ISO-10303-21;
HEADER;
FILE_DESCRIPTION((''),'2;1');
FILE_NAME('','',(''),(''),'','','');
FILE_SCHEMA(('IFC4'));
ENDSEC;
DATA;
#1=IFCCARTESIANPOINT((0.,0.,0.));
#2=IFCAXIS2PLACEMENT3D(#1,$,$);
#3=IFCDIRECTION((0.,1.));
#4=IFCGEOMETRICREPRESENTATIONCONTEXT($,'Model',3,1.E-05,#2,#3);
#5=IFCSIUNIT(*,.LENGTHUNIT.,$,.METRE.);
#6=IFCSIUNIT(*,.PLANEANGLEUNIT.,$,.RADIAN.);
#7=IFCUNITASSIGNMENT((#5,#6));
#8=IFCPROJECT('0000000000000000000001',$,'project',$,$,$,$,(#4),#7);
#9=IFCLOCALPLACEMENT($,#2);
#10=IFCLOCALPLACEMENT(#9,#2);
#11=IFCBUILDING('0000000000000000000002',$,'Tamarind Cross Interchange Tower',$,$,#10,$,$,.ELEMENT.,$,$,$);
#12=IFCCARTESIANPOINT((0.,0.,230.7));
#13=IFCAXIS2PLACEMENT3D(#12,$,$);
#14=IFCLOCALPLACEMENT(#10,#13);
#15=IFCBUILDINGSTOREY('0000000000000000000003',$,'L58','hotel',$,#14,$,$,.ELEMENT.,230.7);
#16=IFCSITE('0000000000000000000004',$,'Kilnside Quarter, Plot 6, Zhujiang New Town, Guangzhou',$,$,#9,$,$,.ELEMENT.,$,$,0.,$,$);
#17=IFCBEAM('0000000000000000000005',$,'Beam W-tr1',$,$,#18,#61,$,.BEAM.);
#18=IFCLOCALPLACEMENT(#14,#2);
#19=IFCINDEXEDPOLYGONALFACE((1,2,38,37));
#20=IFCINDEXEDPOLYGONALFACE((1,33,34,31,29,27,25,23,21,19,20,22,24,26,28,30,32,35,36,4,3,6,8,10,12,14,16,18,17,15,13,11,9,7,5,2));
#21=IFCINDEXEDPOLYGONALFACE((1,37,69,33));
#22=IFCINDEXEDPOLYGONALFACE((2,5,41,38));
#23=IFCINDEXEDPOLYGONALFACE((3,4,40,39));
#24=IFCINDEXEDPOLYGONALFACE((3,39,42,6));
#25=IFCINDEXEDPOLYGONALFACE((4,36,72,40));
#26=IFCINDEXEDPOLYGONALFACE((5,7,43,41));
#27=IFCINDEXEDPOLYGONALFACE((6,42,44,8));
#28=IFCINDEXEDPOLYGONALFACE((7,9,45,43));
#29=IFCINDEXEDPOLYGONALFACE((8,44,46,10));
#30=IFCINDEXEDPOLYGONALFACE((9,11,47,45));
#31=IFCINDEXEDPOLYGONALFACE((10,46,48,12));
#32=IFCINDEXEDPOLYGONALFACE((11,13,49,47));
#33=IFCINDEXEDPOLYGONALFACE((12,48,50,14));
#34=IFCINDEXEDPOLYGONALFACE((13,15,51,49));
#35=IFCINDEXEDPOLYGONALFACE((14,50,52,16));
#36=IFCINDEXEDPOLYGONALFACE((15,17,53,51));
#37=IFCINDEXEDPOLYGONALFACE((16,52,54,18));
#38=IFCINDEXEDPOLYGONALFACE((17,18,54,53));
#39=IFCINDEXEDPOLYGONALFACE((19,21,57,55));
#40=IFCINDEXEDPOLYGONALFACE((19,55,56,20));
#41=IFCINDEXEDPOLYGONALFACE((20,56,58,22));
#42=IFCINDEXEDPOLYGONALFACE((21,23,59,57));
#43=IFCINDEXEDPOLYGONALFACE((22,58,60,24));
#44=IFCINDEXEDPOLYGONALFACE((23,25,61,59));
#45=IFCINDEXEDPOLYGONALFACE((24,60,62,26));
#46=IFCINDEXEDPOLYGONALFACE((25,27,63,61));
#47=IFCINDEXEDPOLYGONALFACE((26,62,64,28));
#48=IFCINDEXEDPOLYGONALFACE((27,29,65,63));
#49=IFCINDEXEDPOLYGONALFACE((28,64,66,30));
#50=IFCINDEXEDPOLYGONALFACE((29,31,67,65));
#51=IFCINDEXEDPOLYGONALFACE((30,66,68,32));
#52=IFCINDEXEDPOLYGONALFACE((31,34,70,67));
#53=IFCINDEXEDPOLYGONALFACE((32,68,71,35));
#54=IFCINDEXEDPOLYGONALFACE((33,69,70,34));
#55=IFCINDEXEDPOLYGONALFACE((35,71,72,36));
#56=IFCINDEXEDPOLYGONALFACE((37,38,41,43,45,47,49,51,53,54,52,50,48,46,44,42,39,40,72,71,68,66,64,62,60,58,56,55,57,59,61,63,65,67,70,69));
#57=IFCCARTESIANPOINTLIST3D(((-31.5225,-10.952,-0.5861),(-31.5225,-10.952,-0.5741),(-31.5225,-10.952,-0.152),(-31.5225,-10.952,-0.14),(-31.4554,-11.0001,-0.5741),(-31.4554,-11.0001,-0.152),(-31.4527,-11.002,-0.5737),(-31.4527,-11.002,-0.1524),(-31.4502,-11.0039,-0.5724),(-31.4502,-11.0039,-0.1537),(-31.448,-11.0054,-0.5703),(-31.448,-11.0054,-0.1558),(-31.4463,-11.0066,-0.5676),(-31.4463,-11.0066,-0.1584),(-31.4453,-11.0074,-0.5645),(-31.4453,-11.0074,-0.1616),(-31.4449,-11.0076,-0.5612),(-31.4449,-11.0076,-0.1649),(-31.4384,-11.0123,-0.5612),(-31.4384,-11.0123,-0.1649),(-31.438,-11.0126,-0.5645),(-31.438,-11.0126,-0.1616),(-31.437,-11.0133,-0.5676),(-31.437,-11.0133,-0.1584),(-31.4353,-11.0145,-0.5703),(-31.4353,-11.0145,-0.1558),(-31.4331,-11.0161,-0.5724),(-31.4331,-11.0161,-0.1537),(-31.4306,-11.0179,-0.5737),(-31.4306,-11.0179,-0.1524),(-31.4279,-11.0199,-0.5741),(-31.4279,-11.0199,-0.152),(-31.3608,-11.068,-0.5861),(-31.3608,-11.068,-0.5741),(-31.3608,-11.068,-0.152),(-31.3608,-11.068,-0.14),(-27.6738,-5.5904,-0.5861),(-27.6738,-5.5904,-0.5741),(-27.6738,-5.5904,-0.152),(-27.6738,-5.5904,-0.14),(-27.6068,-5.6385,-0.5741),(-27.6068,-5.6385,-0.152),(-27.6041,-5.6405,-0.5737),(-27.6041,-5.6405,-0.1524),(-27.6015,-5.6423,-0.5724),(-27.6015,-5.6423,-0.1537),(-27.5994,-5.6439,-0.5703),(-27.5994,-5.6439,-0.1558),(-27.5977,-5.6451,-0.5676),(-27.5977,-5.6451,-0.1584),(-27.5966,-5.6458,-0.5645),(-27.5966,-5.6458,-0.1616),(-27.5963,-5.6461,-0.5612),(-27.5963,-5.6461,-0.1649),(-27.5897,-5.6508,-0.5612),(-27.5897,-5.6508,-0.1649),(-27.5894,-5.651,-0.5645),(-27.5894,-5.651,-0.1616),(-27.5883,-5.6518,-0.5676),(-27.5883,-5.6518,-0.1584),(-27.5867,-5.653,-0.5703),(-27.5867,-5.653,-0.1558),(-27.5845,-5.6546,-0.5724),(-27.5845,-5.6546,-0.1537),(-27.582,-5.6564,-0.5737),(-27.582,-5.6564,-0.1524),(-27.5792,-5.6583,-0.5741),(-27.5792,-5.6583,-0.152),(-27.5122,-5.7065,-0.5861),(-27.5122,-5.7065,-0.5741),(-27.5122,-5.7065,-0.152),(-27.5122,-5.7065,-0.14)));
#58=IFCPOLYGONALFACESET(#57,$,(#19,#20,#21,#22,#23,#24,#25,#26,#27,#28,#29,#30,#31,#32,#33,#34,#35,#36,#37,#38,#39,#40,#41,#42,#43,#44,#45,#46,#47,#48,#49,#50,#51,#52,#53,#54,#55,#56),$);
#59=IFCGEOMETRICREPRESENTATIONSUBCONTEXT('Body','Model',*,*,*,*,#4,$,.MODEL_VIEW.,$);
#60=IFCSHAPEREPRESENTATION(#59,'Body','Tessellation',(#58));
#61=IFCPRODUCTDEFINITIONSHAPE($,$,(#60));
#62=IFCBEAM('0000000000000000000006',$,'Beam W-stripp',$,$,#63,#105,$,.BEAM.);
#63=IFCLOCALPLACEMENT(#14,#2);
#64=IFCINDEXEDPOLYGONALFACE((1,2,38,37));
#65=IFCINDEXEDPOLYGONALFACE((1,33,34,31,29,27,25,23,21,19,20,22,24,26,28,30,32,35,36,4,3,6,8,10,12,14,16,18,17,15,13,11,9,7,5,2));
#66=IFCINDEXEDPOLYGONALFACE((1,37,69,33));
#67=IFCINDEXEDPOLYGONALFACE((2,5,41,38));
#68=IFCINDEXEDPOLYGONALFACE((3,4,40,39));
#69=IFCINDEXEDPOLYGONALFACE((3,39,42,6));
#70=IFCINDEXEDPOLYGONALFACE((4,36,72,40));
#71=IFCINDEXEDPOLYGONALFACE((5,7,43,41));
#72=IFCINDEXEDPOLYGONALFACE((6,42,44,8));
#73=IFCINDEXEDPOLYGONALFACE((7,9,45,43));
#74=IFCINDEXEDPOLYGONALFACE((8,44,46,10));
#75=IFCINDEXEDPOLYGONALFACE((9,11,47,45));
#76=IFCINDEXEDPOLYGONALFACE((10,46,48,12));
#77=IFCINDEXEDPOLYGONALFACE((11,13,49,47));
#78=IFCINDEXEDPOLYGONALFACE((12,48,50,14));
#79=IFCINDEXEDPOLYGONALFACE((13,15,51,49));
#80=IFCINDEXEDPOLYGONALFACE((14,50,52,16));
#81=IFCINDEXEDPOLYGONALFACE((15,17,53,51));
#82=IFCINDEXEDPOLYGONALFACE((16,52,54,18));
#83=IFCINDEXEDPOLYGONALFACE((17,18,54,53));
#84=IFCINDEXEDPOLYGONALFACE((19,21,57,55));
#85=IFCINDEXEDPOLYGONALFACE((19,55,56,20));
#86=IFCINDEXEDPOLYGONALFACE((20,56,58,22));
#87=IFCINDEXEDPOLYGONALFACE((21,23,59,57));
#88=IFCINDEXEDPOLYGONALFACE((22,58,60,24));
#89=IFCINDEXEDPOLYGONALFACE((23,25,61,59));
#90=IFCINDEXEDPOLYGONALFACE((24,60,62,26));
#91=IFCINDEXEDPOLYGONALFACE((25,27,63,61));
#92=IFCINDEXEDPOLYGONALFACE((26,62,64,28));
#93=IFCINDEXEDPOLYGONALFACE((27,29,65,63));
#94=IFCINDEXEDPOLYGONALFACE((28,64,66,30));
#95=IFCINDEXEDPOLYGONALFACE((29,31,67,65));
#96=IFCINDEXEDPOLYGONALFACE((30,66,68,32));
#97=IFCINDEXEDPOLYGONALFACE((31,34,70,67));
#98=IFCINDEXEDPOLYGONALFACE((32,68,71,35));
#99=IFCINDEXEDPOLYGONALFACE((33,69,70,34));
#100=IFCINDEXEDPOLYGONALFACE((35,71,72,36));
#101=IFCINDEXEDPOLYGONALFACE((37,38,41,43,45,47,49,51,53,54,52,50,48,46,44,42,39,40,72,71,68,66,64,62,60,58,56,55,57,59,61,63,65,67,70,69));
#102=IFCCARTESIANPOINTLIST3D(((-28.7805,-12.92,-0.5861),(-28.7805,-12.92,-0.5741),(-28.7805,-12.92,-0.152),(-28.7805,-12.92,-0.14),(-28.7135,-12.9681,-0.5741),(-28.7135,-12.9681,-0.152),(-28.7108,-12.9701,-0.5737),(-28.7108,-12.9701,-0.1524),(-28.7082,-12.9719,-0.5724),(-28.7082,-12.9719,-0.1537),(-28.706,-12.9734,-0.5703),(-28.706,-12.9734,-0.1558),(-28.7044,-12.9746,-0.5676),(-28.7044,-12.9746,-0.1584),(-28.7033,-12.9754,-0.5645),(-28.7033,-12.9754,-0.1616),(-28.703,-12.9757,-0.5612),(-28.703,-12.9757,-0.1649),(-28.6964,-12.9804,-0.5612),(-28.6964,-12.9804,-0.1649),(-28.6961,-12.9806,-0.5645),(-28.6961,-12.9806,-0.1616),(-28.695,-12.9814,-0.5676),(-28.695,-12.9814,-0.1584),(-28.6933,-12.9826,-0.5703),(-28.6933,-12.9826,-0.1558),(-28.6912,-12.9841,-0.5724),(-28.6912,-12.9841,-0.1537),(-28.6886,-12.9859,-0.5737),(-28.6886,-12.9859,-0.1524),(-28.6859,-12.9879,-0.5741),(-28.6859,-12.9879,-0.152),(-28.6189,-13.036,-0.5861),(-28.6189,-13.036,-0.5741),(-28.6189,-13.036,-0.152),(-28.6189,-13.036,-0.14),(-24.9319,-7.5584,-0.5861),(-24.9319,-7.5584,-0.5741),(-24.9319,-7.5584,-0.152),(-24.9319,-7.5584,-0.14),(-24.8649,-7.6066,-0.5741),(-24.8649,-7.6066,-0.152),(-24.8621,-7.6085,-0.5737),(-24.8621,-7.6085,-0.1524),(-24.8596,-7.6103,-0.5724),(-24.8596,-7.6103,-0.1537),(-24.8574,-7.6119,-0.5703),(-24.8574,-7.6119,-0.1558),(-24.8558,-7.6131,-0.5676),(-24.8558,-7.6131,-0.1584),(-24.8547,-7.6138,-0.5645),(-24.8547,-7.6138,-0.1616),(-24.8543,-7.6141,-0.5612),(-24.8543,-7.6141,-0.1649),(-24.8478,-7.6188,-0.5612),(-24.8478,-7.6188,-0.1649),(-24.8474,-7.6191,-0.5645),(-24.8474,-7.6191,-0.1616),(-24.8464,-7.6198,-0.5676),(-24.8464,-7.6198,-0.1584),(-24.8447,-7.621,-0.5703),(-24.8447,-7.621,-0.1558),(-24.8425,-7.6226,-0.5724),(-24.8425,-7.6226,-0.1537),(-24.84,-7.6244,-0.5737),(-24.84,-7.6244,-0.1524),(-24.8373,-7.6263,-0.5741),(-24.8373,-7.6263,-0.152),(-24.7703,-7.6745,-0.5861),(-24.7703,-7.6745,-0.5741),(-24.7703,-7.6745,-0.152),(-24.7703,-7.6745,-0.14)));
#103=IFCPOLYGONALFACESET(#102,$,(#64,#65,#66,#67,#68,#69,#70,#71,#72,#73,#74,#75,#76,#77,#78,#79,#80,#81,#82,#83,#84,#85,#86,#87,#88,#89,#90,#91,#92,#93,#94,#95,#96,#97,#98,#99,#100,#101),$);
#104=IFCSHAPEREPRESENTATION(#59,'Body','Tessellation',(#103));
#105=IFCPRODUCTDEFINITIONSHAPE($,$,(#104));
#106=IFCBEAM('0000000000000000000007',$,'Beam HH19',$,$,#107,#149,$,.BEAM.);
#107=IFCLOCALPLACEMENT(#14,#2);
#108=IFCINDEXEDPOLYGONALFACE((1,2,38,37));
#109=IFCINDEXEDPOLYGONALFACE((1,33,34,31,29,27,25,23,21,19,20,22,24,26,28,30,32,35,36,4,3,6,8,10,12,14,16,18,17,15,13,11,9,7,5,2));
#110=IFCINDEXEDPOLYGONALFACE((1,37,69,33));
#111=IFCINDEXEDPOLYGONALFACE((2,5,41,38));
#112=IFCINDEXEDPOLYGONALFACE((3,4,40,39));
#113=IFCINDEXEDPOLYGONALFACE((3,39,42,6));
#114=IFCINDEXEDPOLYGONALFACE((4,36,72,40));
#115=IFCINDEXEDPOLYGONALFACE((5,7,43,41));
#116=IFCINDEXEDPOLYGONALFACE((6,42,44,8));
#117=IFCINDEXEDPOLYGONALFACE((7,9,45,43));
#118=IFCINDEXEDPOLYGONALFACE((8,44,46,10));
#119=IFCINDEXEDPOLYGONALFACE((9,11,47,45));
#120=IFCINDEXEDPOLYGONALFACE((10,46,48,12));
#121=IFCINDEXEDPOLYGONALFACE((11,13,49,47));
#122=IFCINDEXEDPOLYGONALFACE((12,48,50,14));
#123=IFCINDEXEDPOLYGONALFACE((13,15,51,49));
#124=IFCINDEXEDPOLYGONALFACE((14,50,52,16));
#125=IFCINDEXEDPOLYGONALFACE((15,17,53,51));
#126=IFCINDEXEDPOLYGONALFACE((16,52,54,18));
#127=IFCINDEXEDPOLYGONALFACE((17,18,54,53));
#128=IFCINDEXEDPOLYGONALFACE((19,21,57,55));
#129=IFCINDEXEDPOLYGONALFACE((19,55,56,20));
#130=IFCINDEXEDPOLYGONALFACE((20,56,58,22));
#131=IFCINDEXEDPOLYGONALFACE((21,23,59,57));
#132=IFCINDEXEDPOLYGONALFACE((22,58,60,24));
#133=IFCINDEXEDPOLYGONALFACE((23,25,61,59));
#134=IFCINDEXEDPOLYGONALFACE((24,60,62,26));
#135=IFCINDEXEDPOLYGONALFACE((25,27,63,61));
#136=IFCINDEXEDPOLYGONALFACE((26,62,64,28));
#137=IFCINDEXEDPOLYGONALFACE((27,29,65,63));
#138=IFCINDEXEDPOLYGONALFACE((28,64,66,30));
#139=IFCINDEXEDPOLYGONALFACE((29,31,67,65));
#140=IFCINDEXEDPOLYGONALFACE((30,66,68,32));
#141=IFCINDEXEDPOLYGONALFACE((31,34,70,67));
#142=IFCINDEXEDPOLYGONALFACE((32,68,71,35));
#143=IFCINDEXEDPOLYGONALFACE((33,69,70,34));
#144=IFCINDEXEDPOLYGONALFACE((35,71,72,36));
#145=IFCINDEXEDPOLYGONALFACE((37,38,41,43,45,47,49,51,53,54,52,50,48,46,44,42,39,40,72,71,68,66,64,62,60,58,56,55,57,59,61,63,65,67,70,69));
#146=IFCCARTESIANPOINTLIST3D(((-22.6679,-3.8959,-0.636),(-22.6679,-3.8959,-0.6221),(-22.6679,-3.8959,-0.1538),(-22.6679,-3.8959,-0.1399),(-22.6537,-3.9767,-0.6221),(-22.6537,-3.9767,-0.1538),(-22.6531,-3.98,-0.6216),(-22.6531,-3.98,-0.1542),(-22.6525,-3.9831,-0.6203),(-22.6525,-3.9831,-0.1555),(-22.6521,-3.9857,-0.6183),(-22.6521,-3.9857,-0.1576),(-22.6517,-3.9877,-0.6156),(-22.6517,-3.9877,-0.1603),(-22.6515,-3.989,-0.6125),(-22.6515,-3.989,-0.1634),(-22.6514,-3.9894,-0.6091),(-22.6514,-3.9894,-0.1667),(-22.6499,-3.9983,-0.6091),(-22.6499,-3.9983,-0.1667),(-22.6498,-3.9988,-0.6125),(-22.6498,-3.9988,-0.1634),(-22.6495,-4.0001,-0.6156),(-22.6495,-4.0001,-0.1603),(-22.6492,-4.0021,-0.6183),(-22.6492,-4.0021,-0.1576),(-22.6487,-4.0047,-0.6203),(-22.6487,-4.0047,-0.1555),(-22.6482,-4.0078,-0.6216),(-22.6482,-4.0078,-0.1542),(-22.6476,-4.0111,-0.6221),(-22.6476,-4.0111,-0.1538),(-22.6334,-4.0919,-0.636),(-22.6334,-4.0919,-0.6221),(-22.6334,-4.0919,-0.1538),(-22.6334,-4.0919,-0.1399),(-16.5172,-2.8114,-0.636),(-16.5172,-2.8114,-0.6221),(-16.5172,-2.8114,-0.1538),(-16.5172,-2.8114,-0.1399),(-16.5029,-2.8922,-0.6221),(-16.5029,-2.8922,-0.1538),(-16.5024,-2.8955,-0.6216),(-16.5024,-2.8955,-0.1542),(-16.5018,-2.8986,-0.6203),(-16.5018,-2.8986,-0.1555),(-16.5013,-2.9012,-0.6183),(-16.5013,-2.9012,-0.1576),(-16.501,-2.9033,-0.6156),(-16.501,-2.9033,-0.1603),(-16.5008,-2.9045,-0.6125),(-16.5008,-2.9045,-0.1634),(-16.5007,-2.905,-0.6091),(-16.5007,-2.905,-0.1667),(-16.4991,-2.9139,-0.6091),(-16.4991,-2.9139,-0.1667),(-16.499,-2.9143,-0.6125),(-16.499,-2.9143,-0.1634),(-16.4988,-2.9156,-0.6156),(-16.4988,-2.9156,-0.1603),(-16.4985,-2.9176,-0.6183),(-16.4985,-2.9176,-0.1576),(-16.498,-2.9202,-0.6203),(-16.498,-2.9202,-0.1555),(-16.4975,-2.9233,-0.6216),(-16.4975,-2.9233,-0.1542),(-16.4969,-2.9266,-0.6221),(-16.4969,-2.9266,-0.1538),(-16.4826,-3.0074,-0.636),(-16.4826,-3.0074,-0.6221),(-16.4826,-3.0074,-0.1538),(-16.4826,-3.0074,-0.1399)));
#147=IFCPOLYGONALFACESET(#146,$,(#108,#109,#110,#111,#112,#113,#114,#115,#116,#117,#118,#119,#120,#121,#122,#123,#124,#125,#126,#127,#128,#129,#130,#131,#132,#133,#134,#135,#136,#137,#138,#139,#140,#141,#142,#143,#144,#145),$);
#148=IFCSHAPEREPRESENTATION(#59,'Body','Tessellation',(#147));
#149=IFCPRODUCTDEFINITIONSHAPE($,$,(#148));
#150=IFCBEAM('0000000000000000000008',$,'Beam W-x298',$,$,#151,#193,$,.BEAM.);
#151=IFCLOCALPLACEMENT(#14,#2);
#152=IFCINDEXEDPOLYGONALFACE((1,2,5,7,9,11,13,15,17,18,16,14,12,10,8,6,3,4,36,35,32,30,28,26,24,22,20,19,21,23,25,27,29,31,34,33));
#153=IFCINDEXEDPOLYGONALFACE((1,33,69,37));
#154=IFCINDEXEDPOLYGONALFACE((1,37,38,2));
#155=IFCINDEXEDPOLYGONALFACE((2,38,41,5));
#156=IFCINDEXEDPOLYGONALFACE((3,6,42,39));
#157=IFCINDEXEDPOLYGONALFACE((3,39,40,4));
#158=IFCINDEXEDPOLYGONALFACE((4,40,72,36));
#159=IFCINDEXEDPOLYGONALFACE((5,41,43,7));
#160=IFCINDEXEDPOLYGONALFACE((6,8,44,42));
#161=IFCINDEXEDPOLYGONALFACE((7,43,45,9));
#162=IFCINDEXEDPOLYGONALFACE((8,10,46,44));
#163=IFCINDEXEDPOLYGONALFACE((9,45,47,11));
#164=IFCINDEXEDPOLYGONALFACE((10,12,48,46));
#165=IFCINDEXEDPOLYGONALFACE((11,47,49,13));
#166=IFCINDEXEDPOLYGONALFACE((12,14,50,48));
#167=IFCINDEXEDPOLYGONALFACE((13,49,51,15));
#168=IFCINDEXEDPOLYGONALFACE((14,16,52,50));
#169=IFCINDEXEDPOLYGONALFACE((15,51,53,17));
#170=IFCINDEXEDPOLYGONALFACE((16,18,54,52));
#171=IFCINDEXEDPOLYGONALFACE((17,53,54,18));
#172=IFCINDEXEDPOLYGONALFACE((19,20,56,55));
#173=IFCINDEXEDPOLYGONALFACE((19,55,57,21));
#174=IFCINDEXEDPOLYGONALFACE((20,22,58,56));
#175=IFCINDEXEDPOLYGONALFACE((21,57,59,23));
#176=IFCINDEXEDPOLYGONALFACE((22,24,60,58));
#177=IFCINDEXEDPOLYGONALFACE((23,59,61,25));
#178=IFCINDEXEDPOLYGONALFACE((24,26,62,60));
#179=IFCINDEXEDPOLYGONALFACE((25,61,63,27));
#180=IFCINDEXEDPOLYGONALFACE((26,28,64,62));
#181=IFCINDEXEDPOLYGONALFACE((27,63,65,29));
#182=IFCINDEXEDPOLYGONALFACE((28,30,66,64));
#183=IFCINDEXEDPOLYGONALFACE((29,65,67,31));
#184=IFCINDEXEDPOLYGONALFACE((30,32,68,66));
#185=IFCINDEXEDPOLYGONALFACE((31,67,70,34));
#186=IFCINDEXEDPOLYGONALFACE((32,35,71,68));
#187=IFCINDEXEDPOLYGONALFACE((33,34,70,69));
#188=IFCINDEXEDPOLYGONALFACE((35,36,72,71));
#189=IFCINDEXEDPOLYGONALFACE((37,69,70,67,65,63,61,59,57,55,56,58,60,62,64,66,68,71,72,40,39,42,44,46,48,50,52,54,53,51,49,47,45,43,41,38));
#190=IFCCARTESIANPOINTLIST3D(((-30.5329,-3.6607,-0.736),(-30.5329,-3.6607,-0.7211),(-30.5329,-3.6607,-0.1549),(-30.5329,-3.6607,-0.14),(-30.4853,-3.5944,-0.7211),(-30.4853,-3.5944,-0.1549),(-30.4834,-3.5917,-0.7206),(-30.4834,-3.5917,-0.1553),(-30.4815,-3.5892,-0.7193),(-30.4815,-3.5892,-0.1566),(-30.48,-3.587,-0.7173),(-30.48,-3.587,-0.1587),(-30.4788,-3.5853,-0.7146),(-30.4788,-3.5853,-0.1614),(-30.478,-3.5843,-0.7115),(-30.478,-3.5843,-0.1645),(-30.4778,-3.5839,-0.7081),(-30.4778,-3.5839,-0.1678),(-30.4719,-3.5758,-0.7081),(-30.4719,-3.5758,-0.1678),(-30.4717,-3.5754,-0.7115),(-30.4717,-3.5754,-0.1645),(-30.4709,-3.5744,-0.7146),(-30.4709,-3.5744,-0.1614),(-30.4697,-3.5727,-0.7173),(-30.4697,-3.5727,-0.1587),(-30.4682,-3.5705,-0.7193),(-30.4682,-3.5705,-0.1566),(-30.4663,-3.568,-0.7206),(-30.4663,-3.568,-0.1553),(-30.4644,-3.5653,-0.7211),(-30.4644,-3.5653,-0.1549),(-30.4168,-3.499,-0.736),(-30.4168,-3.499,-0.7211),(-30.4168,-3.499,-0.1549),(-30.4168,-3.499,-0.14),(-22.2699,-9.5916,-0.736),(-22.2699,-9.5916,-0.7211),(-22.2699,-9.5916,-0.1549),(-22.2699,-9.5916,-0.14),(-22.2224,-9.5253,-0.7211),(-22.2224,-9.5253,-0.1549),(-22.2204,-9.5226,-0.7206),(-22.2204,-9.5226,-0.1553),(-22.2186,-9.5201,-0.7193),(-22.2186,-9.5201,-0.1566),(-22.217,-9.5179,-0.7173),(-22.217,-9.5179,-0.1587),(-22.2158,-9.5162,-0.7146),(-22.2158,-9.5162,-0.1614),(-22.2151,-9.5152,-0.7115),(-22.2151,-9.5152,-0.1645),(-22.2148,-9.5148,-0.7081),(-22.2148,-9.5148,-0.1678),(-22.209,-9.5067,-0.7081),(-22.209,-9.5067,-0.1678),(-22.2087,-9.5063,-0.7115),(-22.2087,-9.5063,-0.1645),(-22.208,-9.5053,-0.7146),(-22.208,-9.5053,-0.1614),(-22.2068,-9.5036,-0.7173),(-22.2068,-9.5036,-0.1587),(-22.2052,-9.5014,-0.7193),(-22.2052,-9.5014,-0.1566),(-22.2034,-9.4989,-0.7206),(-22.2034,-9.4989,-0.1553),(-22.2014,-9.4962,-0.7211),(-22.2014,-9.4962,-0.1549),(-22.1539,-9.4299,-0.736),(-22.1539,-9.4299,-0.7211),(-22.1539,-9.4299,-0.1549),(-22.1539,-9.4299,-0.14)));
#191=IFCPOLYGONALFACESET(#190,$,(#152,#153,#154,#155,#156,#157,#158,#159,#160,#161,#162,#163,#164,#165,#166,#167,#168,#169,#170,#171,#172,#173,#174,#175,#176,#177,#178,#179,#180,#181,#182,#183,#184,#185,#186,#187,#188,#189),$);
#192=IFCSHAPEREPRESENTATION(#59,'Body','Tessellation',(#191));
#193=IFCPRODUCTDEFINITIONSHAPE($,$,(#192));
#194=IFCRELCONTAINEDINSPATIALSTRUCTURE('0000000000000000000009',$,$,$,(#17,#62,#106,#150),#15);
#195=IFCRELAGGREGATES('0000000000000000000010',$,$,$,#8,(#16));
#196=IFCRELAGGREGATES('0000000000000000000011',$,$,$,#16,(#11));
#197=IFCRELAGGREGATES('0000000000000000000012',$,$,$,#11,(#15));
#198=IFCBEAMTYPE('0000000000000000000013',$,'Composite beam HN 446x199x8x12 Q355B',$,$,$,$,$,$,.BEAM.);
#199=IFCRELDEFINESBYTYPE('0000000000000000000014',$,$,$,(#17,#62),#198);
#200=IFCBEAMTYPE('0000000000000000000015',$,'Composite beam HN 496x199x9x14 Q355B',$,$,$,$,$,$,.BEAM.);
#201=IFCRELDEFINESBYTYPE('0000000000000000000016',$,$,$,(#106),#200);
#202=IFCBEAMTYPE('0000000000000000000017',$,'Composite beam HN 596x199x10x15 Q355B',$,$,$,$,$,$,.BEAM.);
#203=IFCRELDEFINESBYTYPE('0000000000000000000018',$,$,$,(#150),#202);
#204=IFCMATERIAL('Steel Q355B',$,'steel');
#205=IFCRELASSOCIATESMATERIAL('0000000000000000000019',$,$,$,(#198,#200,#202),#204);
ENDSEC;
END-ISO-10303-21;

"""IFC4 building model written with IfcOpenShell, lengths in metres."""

from ifc_helpers import new_model, si_unit, direction, frame, origin, origin_2d, place, context, subcontext, project, spatial, i_section, extrude, material, material_profile, profile_set, type_object, element, save


model = new_model("IFC4")

# Units and contexts
model_context = context("Model", 3, precision=1e-05, world=origin(), true_north=direction((0.0, 1.0)))
body_context = subcontext(model_context, "Body", "Model", "MODEL_VIEW")
ifc_project = project(units=[si_unit("LENGTHUNIT", "METRE"), si_unit("PLANEANGLEUNIT", "RADIAN")], contexts=[model_context])

# Site, building, storey
site_placement = place(None, origin())
site = spatial("IfcSite", under=ifc_project, at=site_placement, Name="Kilnside Quarter, Plot 6, Zhujiang New Town, Guangzhou", CompositionType="ELEMENT", RefElevation=0.0)
building_placement = place(site_placement, origin())
building = spatial("IfcBuilding", under=site, at=building_placement, Name="Tamarind Cross Interchange Tower", CompositionType="ELEMENT")
storey_placement = place(building_placement, frame((0.0, 0.0, 230.7)))
storey = spatial("IfcBuildingStorey", under=building, at=storey_placement, Name="L58", Description="hotel", CompositionType="ELEMENT", Elevation=230.7)

# Beams
ifc_material_1 = material(Name="Steel Q355B", Category="steel")
ifc_material_profile_1 = material_profile(ifc_material_1, i_section(OverallWidth=0.199, OverallDepth=0.446, WebThickness=0.0081, FlangeThickness=0.012, FilletRadius=0.0129, at=origin_2d()), Name="HN 446x199x8x12")
ifc_profile_set_1 = profile_set([ifc_material_profile_1], Name="Steel Q355B")
beam_type_1 = type_object("IfcBeamType", Name="Composite beam HN 446x199x8x12 Q355B", PredefinedType="BEAM", material=ifc_profile_set_1)
for number, where, z_axis, x_axis, name in (
    (1, (-27.593, -5.6484, -0.363), (-0.583137, -0.812374, 0.0), (0.812374, -0.583137, 0.0), "Beam W-tr1"),
    (2, (-24.8511, -7.6165, -0.363), (-0.583137, -0.812374, 0.0), (0.812374, -0.583137, 0.0), "Beam W-stripp"),
):
    element("IfcBeam", number, at=place(storey_placement, frame(where, z_axis=z_axis, x_axis=x_axis)), inside=storey, type_object=beam_type_1, Name=name, PredefinedType="BEAM", context=body_context, shape_type="SweptSolid", body=[
        extrude(i_section(OverallWidth=0.199, OverallDepth=0.446, WebThickness=0.0081, FlangeThickness=0.012, FilletRadius=0.0129, at=origin_2d()), origin(), (0.0, 0.0, 1.0), 6.5999),
    ])
ifc_material_profile_2 = material_profile(ifc_material_1, i_section(OverallWidth=0.199, OverallDepth=0.4961, WebThickness=0.009, FlangeThickness=0.0139, FilletRadius=0.0129, at=origin_2d()), Name="HN 496x199x9x14")
ifc_profile_set_2 = profile_set([ifc_material_profile_2], Name="Steel Q355B")
beam_type_2 = type_object("IfcBeamType", Name="Composite beam HN 496x199x9x14 Q355B", PredefinedType="BEAM", material=ifc_profile_set_2)
beam_1_placement = place(storey_placement, frame((-22.6506, -3.9939, -0.3879), z_axis=(0.984809, 0.17364, 0.0), x_axis=(-0.17364, 0.984809, 0.0)))
element("IfcBeam", 3, at=beam_1_placement, inside=storey, type_object=beam_type_2, Name="Beam HH19", PredefinedType="BEAM", context=body_context, shape_type="SweptSolid", body=[
    extrude(i_section(OverallWidth=0.199, OverallDepth=0.4961, WebThickness=0.009, FlangeThickness=0.0139, FilletRadius=0.0129, at=origin_2d()), origin(), (0.0, 0.0, 1.0), 6.2456),
])
ifc_material_profile_3 = material_profile(ifc_material_1, i_section(OverallWidth=0.199, OverallDepth=0.5959, WebThickness=0.01, FlangeThickness=0.0149, FilletRadius=0.0129, at=origin_2d()), Name="HN 596x199x10x15")
ifc_profile_set_3 = profile_set([ifc_material_profile_3], Name="Steel Q355B")
beam_type_3 = type_object("IfcBeamType", Name="Composite beam HN 596x199x10x15 Q355B", PredefinedType="BEAM", material=ifc_profile_set_3)
beam_2_placement = place(storey_placement, frame((-30.4749, -3.5798, -0.438), z_axis=(0.812392, -0.583112, 0.0), x_axis=(0.583112, 0.812392, 0.0)))
element("IfcBeam", 4, at=beam_2_placement, inside=storey, type_object=beam_type_3, Name="Beam W-x298", PredefinedType="BEAM", context=body_context, shape_type="SweptSolid", body=[
    extrude(i_section(OverallWidth=0.199, OverallDepth=0.5959, WebThickness=0.01, FlangeThickness=0.0149, FilletRadius=0.0129, at=origin_2d()), origin(), (0.0, 0.0, 1.0), 10.1711),
])

save(model, "model.ifc")
